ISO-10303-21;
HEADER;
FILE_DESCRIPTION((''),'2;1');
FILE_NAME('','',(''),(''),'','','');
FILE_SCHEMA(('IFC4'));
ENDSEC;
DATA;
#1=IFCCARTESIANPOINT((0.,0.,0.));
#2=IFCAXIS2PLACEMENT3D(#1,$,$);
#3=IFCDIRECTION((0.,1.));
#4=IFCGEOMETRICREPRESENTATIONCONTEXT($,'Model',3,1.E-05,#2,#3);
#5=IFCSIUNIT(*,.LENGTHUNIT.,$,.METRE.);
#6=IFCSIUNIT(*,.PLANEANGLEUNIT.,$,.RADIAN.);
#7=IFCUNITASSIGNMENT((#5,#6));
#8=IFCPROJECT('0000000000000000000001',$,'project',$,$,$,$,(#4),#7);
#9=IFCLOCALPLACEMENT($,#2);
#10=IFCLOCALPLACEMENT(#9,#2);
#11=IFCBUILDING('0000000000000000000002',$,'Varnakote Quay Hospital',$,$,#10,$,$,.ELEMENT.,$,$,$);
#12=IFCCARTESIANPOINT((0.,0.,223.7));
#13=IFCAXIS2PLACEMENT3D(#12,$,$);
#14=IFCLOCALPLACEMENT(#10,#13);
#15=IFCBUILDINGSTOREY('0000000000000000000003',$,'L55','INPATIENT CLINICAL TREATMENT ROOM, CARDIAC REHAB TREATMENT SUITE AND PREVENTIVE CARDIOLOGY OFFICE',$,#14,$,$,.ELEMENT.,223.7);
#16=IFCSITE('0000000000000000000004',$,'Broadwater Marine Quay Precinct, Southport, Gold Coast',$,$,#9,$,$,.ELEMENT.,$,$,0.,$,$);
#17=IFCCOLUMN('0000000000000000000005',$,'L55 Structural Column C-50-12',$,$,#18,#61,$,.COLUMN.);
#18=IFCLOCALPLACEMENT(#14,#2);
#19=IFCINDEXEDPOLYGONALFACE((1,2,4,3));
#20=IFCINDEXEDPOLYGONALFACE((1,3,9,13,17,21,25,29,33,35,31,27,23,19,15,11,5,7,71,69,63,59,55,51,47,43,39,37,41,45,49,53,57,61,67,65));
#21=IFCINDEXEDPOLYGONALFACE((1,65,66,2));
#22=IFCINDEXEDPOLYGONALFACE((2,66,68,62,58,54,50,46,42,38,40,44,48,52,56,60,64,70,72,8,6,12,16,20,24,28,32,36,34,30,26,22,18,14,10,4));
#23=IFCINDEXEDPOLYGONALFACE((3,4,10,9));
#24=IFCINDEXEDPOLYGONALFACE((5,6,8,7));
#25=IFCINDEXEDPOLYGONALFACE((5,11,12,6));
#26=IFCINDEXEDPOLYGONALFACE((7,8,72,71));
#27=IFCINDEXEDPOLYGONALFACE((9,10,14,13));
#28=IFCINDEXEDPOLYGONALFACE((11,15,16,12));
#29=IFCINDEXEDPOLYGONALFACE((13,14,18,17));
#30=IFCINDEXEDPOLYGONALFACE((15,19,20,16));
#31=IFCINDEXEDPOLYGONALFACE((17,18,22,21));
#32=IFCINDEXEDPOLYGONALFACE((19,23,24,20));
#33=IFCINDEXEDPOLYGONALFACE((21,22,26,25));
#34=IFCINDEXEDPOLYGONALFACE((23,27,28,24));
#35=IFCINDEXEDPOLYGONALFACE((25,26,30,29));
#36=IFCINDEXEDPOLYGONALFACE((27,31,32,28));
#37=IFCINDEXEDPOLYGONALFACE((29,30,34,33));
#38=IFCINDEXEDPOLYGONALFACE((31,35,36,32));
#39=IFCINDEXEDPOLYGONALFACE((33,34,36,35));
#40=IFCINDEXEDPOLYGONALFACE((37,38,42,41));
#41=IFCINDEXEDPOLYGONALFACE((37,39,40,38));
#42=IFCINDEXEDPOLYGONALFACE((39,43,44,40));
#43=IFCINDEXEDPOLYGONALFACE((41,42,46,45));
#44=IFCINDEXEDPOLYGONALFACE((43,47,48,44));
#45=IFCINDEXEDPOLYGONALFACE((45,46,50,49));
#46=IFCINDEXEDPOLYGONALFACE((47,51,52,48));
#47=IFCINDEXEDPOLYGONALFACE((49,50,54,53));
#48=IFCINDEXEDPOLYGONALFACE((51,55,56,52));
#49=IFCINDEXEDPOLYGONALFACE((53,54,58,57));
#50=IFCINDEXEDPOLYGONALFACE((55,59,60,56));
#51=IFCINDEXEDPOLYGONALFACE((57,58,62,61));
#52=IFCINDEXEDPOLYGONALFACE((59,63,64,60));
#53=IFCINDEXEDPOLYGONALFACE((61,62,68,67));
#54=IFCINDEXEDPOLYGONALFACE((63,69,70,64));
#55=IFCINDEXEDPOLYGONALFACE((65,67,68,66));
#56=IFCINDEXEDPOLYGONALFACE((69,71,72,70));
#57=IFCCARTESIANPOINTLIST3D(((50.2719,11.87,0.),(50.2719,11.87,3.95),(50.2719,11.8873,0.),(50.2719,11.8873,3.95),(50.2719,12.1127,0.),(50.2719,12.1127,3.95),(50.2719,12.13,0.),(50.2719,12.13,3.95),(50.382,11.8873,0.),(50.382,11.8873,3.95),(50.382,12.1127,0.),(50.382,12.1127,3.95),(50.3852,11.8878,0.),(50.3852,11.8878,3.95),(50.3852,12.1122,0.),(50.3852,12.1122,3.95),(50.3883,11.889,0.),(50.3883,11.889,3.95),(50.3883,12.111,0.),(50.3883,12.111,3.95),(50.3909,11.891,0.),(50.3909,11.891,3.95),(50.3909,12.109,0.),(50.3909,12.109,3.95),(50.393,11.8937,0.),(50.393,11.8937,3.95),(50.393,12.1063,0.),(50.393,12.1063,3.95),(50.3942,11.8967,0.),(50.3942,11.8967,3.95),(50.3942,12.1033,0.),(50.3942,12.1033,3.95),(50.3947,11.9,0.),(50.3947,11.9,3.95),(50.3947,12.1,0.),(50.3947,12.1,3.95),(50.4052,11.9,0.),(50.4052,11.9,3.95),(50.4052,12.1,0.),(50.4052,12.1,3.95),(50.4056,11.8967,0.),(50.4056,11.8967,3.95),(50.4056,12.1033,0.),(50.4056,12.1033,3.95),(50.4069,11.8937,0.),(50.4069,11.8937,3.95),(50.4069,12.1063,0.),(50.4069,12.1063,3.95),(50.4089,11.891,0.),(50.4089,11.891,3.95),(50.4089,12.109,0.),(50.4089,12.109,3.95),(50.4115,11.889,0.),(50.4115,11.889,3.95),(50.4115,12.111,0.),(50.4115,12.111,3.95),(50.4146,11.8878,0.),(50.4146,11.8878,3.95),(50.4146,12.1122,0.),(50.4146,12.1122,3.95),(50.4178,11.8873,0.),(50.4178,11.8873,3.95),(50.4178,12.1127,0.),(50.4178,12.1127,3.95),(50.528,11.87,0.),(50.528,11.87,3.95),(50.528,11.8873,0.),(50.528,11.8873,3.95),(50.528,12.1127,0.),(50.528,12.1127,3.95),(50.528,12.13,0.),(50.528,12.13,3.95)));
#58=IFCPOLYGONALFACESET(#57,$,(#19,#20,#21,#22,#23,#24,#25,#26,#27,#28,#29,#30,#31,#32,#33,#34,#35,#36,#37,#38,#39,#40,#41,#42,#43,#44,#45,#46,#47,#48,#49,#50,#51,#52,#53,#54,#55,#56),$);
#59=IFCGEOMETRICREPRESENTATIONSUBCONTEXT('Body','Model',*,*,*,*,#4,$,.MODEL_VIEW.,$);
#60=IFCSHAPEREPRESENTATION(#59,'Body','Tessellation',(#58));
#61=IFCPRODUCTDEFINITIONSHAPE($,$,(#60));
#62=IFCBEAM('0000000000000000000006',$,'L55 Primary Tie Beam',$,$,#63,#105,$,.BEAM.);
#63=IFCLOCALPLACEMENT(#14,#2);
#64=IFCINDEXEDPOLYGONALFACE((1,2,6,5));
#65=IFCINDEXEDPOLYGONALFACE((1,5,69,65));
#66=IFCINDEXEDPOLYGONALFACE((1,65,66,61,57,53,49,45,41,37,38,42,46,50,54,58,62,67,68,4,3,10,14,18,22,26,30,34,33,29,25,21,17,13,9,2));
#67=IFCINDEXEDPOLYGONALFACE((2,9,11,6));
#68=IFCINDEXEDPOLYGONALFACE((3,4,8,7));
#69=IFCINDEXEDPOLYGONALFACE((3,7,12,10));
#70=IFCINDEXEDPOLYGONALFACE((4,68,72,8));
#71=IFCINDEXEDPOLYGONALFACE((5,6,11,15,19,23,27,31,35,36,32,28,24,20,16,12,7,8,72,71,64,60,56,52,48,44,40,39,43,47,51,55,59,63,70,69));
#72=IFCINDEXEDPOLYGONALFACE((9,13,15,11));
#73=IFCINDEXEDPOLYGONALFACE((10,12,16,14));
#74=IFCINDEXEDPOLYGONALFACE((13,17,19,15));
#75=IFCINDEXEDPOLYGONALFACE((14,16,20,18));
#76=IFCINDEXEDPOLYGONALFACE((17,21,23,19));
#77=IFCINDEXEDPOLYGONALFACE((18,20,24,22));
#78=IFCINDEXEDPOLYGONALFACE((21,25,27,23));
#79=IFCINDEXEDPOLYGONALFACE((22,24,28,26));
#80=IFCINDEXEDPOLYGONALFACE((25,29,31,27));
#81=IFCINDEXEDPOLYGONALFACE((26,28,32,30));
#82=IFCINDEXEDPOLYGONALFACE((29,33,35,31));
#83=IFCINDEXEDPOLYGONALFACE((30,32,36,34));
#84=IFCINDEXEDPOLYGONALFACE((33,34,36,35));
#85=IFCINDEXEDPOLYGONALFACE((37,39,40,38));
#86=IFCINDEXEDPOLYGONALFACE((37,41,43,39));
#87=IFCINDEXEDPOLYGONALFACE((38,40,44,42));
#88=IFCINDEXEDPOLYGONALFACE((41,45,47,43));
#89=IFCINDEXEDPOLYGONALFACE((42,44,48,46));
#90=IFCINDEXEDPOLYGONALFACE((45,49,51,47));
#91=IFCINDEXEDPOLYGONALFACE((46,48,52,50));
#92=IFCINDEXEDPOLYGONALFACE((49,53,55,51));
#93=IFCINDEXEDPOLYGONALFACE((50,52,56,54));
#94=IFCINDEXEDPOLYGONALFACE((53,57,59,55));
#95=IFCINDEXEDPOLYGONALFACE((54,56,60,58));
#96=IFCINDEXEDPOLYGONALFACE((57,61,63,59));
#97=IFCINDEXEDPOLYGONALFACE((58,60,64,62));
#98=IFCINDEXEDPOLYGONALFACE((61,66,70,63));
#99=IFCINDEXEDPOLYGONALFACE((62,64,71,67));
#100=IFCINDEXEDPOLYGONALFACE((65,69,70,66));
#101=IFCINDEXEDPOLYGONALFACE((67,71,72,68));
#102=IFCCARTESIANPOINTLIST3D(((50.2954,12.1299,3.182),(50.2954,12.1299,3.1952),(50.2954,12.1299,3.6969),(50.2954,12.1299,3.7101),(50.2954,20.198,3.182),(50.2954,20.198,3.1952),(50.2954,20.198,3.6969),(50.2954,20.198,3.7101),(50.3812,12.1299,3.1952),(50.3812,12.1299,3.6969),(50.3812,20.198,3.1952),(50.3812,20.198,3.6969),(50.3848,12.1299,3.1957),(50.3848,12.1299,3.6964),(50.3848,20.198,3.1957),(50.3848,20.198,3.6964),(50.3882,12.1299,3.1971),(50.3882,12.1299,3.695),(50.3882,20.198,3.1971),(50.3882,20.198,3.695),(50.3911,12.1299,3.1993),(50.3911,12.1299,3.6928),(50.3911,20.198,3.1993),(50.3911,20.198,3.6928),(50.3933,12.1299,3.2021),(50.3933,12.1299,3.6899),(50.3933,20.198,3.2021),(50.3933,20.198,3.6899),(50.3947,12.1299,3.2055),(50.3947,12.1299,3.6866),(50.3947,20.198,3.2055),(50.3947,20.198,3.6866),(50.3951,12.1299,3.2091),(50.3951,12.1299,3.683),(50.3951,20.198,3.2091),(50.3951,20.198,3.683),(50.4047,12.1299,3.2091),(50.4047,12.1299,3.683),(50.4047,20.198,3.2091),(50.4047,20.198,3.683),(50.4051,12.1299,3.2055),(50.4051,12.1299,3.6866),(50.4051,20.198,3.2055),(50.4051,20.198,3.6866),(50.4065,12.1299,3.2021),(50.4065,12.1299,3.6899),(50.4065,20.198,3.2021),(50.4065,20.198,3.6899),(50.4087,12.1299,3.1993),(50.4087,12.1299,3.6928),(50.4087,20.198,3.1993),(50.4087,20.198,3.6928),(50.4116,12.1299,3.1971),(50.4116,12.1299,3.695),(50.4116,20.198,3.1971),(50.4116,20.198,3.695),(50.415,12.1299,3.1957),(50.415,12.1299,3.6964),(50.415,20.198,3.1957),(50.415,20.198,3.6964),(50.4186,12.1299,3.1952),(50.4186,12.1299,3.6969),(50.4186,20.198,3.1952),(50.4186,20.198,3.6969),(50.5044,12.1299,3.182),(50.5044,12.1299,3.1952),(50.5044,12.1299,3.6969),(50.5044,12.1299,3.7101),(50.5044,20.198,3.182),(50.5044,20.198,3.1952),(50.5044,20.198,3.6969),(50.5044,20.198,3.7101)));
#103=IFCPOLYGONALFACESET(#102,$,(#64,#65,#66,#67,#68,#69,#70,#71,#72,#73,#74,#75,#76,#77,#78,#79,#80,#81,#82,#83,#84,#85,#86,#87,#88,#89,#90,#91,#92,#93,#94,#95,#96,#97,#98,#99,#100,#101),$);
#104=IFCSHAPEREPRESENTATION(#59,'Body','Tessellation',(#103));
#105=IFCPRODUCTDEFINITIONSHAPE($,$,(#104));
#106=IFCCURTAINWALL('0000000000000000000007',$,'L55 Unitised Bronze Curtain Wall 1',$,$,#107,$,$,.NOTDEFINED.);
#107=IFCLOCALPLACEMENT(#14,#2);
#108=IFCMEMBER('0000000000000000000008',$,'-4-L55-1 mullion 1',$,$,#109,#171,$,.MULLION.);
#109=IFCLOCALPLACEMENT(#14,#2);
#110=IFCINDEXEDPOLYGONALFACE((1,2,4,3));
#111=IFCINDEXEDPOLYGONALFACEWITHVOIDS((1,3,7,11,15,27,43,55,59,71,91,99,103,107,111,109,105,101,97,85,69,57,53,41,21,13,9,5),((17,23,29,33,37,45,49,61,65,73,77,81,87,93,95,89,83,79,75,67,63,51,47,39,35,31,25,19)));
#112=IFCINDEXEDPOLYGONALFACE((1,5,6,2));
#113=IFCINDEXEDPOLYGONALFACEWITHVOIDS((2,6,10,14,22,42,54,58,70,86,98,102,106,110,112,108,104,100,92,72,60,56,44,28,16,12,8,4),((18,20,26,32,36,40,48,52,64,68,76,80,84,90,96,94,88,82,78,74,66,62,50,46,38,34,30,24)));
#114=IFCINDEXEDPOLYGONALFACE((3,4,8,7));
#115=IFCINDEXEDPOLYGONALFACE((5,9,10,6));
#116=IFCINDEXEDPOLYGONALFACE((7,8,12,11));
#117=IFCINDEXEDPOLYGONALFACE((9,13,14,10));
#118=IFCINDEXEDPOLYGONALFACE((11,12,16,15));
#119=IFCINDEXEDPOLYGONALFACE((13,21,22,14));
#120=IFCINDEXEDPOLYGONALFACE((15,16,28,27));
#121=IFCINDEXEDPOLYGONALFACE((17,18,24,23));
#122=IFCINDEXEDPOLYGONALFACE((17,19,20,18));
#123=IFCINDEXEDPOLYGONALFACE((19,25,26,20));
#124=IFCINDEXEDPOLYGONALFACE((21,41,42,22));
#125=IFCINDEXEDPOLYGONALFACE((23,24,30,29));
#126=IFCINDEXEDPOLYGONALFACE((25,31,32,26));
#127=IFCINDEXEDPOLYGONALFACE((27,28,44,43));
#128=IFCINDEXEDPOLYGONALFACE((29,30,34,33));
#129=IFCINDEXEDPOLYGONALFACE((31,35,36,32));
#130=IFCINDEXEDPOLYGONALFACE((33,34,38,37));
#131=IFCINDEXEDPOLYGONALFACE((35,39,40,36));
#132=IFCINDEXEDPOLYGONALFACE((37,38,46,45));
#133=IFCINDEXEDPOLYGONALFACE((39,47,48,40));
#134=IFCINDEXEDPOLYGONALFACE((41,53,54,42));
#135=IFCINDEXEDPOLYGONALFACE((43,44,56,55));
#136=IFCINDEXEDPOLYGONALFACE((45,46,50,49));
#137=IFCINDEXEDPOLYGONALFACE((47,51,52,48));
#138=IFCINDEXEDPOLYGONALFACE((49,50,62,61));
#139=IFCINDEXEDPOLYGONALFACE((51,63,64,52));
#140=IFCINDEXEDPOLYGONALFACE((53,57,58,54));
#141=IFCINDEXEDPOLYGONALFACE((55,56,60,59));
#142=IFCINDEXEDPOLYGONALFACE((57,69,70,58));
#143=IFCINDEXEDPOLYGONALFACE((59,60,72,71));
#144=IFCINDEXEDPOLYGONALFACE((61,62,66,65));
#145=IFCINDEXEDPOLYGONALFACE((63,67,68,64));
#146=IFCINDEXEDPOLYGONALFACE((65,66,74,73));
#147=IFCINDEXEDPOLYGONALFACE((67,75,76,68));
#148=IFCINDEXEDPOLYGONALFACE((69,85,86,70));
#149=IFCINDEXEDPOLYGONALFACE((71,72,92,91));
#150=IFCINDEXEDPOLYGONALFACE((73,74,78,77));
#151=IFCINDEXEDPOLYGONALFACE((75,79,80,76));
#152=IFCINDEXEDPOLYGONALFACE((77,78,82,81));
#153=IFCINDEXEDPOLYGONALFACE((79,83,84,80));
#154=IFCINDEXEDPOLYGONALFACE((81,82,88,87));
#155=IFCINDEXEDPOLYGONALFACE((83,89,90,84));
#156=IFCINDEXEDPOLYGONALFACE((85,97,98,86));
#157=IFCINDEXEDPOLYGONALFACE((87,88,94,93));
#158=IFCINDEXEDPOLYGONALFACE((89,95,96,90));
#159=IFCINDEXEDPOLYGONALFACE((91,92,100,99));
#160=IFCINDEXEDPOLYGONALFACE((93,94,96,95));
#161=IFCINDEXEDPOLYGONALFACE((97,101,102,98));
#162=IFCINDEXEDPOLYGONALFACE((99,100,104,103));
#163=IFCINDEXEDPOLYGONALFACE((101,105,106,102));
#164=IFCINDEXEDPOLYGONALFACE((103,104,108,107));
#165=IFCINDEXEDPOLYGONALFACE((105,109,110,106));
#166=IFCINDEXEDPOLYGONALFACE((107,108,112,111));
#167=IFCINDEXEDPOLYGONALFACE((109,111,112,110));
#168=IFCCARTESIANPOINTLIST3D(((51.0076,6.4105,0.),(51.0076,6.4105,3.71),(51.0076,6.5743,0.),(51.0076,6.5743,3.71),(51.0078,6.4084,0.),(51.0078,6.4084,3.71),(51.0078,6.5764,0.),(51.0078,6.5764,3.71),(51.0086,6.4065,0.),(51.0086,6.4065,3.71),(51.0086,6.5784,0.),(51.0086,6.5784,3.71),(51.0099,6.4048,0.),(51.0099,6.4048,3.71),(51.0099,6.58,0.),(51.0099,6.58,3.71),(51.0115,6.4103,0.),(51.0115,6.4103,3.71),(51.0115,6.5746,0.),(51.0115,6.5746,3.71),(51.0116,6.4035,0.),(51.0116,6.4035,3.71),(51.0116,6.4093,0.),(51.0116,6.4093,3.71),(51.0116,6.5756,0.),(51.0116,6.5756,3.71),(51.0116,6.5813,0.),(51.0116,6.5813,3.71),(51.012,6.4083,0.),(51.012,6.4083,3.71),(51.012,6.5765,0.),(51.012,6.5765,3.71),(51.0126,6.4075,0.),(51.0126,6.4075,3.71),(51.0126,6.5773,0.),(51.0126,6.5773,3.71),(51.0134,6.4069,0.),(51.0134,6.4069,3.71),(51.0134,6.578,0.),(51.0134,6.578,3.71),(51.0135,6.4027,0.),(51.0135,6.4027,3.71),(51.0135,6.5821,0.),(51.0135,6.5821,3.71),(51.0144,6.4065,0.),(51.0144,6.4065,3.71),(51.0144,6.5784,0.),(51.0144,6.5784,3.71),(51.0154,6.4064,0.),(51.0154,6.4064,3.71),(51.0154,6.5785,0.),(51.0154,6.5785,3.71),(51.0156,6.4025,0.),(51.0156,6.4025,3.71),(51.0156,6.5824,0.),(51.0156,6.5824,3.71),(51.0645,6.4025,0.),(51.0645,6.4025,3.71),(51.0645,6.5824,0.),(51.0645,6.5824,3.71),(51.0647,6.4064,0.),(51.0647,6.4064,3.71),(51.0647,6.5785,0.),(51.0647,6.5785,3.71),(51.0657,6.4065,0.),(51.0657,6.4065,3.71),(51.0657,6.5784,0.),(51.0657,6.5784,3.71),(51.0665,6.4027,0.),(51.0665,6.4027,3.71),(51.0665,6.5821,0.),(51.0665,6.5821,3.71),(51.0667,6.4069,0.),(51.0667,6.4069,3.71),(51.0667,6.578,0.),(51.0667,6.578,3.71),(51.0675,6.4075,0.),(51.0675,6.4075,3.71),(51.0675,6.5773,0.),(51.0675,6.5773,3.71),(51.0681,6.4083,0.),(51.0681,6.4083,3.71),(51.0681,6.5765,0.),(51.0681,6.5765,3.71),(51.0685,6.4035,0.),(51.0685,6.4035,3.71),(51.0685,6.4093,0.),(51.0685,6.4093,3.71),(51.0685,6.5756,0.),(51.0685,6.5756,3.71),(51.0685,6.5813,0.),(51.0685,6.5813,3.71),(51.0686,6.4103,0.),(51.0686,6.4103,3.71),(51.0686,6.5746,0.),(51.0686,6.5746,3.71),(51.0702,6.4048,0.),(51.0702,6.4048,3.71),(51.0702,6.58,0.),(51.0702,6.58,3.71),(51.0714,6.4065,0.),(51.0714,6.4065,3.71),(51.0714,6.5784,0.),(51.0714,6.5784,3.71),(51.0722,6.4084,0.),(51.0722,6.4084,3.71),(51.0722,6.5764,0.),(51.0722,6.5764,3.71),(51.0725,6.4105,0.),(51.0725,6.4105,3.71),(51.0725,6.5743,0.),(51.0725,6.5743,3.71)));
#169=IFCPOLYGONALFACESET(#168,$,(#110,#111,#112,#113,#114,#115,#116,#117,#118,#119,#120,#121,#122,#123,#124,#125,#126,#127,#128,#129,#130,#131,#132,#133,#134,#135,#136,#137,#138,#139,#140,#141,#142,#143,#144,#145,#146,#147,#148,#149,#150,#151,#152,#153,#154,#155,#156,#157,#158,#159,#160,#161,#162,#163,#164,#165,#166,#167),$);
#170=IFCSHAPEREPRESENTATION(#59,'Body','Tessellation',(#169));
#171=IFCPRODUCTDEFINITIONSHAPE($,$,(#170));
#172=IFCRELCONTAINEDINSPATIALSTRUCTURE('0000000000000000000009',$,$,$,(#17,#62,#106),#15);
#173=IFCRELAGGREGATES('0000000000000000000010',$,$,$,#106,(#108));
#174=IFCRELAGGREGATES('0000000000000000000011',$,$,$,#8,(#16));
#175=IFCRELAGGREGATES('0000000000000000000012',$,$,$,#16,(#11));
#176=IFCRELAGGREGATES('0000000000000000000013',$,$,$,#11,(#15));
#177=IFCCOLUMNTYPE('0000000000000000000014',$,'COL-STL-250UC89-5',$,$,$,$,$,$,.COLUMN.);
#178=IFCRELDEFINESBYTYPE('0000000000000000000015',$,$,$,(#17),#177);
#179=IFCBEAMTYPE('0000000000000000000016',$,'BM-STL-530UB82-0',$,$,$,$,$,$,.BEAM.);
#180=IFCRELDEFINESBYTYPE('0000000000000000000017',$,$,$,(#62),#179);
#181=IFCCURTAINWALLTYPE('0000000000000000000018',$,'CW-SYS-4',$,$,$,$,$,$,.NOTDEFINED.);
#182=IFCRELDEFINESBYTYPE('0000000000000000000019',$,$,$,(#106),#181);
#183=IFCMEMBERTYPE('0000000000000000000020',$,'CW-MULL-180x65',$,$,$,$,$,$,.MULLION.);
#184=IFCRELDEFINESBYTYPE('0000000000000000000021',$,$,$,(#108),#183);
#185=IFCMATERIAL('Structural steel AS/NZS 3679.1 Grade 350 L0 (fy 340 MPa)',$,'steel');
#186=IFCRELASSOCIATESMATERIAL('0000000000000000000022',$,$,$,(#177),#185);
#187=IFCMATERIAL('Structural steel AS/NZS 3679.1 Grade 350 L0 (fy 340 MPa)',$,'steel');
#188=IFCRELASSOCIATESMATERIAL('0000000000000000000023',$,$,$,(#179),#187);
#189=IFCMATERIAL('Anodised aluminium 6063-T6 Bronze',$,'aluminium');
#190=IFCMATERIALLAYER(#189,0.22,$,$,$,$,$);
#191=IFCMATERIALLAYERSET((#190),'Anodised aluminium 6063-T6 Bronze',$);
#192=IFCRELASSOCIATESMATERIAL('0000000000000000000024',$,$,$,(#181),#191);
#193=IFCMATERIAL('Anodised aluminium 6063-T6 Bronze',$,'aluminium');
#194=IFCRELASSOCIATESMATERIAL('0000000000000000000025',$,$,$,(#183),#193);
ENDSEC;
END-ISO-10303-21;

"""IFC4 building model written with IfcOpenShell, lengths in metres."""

from ifc_helpers import new_model, si_unit, direction, frame, origin, origin_2d, place, context, subcontext, project, spatial, hollow_rectangle, i_section, extrude, material, layer, layer_set, material_profile, profile_set, type_object, element, aggregate, save


model = new_model("IFC4")

# Units and contexts
model_context = context("Model", 3, precision=1e-05, world=origin(), true_north=direction((0.0, 1.0)))
body_context = subcontext(model_context, "Body", "Model", "MODEL_VIEW")
ifc_project = project(units=[si_unit("LENGTHUNIT", "METRE"), si_unit("PLANEANGLEUNIT", "RADIAN")], contexts=[model_context])

# Site, building, storey
site_placement = place(None, origin())
site = spatial("IfcSite", under=ifc_project, at=site_placement, Name="Broadwater Marine Quay Precinct, Southport, Gold Coast", CompositionType="ELEMENT", RefElevation=0.0)
building_placement = place(site_placement, origin())
building = spatial("IfcBuilding", under=site, at=building_placement, Name="Varnakote Quay Hospital", CompositionType="ELEMENT")
storey_placement = place(building_placement, frame((0.0, 0.0, 223.7)))
storey = spatial("IfcBuildingStorey", under=building, at=storey_placement, Name="L55", Description="INPATIENT CLINICAL TREATMENT ROOM, CARDIAC REHAB TREATMENT SUITE AND PREVENTIVE CARDIOLOGY OFFICE", CompositionType="ELEMENT", Elevation=223.7)

# Column
ifc_material_1 = material(Name="Structural steel AS/NZS 3679.1 Grade 350 L0 (fy 340 MPa)", Category="steel")
ifc_material_profile_1 = material_profile(ifc_material_1, i_section(OverallWidth=0.2561, OverallDepth=0.26, WebThickness=0.0105, FlangeThickness=0.0173, FilletRadius=0.0127, at=origin_2d()), Name="250UC89.5")
ifc_profile_set_1 = profile_set([ifc_material_profile_1], Name="Structural steel AS/NZS 3679.1 Grade 350 L0 (fy 340 MPa)")
column_type = type_object("IfcColumnType", Name="COL-STL-250UC89-5", PredefinedType="COLUMN", material=ifc_profile_set_1)
column_placement = place(storey_placement, frame((50.3999, 12.0, 0.0), z_axis=(0.0, 0.0, 1.0), x_axis=(1.0, 0.0, 0.0)))
element("IfcColumn", 1, at=column_placement, inside=storey, type_object=column_type, Name="L55 Structural Column C-50-12", PredefinedType="COLUMN", context=body_context, shape_type="SweptSolid", body=[
    extrude(i_section(OverallWidth=0.2561, OverallDepth=0.26, WebThickness=0.0105, FlangeThickness=0.0173, FilletRadius=0.0127, at=origin_2d()), origin(), (0.0, 0.0, 1.0), 3.95),
])

# Beam
ifc_material_2 = material(Name="Structural steel AS/NZS 3679.1 Grade 350 L0 (fy 340 MPa)", Category="steel")
ifc_material_profile_2 = material_profile(ifc_material_2, i_section(OverallWidth=0.209, OverallDepth=0.5281, WebThickness=0.0095, FlangeThickness=0.0132, FilletRadius=0.0139, at=origin_2d()), Name="530UB82.0")
ifc_profile_set_2 = profile_set([ifc_material_profile_2], Name="Structural steel AS/NZS 3679.1 Grade 350 L0 (fy 340 MPa)")
beam_type = type_object("IfcBeamType", Name="BM-STL-530UB82-0", PredefinedType="BEAM", material=ifc_profile_set_2)
beam_placement = place(storey_placement, frame((50.3999, 12.1299, 3.446), z_axis=(0.0, 1.0, 0.0), x_axis=(-1.0, 0.0, 0.0)))
element("IfcBeam", 2, at=beam_placement, inside=storey, type_object=beam_type, Name="L55 Primary Tie Beam", PredefinedType="BEAM", context=body_context, shape_type="SweptSolid", body=[
    extrude(i_section(OverallWidth=0.209, OverallDepth=0.5281, WebThickness=0.0095, FlangeThickness=0.0132, FilletRadius=0.0139, at=origin_2d()), origin(), (0.0, 0.0, 1.0), 8.0681),
])

# Curtain wall, member
ifc_material_3 = material(Name="Anodised aluminium 6063-T6 Bronze", Category="aluminium")
ifc_layer_1 = layer(ifc_material_3, 0.22)
ifc_layer_set_1 = layer_set([ifc_layer_1], Name="Anodised aluminium 6063-T6 Bronze")
curtain_wall_type = type_object("IfcCurtainWallType", Name="CW-SYS-4", PredefinedType="NOTDEFINED", material=ifc_layer_set_1)
curtain_wall_placement = place(storey_placement, origin())
curtain_wall = element("IfcCurtainWall", 3, at=curtain_wall_placement, inside=storey, type_object=curtain_wall_type, Name="L55 Unitised Bronze Curtain Wall 1", PredefinedType="NOTDEFINED")
ifc_material_4 = material(Name="Anodised aluminium 6063-T6 Bronze", Category="aluminium")
ifc_material_profile_3 = material_profile(ifc_material_4, hollow_rectangle(XDim=0.0649, YDim=0.1799, WallThickness=0.0039, InnerFilletRadius=0.0039, OuterFilletRadius=0.0081, at=origin_2d()), Name="CW-MULL-180x65")
ifc_profile_set_3 = profile_set([ifc_material_profile_3], Name="Anodised aluminium 6063-T6 Bronze")
member_type_1 = type_object("IfcMemberType", Name="CW-MULL-180x65", PredefinedType="MULLION", material=ifc_profile_set_3)
member_1_placement = place(storey_placement, frame((51.04, 6.4924, 0.0), z_axis=(0.0, 0.0, 1.0), x_axis=(-1.0, 0.0, 0.0)))
member_1 = element("IfcMember", 4, at=member_1_placement, type_object=member_type_1, Name="-4-L55-1 mullion 1", PredefinedType="MULLION", context=body_context, shape_type="SweptSolid", body=[
    extrude(hollow_rectangle(XDim=0.0649, YDim=0.1799, WallThickness=0.0039, InnerFilletRadius=0.0039, OuterFilletRadius=0.0081, at=origin_2d()), origin(), (0.0, 0.0, 1.0), 3.71),
])
aggregate(curtain_wall, [member_1])

save(model, "model.ifc")
